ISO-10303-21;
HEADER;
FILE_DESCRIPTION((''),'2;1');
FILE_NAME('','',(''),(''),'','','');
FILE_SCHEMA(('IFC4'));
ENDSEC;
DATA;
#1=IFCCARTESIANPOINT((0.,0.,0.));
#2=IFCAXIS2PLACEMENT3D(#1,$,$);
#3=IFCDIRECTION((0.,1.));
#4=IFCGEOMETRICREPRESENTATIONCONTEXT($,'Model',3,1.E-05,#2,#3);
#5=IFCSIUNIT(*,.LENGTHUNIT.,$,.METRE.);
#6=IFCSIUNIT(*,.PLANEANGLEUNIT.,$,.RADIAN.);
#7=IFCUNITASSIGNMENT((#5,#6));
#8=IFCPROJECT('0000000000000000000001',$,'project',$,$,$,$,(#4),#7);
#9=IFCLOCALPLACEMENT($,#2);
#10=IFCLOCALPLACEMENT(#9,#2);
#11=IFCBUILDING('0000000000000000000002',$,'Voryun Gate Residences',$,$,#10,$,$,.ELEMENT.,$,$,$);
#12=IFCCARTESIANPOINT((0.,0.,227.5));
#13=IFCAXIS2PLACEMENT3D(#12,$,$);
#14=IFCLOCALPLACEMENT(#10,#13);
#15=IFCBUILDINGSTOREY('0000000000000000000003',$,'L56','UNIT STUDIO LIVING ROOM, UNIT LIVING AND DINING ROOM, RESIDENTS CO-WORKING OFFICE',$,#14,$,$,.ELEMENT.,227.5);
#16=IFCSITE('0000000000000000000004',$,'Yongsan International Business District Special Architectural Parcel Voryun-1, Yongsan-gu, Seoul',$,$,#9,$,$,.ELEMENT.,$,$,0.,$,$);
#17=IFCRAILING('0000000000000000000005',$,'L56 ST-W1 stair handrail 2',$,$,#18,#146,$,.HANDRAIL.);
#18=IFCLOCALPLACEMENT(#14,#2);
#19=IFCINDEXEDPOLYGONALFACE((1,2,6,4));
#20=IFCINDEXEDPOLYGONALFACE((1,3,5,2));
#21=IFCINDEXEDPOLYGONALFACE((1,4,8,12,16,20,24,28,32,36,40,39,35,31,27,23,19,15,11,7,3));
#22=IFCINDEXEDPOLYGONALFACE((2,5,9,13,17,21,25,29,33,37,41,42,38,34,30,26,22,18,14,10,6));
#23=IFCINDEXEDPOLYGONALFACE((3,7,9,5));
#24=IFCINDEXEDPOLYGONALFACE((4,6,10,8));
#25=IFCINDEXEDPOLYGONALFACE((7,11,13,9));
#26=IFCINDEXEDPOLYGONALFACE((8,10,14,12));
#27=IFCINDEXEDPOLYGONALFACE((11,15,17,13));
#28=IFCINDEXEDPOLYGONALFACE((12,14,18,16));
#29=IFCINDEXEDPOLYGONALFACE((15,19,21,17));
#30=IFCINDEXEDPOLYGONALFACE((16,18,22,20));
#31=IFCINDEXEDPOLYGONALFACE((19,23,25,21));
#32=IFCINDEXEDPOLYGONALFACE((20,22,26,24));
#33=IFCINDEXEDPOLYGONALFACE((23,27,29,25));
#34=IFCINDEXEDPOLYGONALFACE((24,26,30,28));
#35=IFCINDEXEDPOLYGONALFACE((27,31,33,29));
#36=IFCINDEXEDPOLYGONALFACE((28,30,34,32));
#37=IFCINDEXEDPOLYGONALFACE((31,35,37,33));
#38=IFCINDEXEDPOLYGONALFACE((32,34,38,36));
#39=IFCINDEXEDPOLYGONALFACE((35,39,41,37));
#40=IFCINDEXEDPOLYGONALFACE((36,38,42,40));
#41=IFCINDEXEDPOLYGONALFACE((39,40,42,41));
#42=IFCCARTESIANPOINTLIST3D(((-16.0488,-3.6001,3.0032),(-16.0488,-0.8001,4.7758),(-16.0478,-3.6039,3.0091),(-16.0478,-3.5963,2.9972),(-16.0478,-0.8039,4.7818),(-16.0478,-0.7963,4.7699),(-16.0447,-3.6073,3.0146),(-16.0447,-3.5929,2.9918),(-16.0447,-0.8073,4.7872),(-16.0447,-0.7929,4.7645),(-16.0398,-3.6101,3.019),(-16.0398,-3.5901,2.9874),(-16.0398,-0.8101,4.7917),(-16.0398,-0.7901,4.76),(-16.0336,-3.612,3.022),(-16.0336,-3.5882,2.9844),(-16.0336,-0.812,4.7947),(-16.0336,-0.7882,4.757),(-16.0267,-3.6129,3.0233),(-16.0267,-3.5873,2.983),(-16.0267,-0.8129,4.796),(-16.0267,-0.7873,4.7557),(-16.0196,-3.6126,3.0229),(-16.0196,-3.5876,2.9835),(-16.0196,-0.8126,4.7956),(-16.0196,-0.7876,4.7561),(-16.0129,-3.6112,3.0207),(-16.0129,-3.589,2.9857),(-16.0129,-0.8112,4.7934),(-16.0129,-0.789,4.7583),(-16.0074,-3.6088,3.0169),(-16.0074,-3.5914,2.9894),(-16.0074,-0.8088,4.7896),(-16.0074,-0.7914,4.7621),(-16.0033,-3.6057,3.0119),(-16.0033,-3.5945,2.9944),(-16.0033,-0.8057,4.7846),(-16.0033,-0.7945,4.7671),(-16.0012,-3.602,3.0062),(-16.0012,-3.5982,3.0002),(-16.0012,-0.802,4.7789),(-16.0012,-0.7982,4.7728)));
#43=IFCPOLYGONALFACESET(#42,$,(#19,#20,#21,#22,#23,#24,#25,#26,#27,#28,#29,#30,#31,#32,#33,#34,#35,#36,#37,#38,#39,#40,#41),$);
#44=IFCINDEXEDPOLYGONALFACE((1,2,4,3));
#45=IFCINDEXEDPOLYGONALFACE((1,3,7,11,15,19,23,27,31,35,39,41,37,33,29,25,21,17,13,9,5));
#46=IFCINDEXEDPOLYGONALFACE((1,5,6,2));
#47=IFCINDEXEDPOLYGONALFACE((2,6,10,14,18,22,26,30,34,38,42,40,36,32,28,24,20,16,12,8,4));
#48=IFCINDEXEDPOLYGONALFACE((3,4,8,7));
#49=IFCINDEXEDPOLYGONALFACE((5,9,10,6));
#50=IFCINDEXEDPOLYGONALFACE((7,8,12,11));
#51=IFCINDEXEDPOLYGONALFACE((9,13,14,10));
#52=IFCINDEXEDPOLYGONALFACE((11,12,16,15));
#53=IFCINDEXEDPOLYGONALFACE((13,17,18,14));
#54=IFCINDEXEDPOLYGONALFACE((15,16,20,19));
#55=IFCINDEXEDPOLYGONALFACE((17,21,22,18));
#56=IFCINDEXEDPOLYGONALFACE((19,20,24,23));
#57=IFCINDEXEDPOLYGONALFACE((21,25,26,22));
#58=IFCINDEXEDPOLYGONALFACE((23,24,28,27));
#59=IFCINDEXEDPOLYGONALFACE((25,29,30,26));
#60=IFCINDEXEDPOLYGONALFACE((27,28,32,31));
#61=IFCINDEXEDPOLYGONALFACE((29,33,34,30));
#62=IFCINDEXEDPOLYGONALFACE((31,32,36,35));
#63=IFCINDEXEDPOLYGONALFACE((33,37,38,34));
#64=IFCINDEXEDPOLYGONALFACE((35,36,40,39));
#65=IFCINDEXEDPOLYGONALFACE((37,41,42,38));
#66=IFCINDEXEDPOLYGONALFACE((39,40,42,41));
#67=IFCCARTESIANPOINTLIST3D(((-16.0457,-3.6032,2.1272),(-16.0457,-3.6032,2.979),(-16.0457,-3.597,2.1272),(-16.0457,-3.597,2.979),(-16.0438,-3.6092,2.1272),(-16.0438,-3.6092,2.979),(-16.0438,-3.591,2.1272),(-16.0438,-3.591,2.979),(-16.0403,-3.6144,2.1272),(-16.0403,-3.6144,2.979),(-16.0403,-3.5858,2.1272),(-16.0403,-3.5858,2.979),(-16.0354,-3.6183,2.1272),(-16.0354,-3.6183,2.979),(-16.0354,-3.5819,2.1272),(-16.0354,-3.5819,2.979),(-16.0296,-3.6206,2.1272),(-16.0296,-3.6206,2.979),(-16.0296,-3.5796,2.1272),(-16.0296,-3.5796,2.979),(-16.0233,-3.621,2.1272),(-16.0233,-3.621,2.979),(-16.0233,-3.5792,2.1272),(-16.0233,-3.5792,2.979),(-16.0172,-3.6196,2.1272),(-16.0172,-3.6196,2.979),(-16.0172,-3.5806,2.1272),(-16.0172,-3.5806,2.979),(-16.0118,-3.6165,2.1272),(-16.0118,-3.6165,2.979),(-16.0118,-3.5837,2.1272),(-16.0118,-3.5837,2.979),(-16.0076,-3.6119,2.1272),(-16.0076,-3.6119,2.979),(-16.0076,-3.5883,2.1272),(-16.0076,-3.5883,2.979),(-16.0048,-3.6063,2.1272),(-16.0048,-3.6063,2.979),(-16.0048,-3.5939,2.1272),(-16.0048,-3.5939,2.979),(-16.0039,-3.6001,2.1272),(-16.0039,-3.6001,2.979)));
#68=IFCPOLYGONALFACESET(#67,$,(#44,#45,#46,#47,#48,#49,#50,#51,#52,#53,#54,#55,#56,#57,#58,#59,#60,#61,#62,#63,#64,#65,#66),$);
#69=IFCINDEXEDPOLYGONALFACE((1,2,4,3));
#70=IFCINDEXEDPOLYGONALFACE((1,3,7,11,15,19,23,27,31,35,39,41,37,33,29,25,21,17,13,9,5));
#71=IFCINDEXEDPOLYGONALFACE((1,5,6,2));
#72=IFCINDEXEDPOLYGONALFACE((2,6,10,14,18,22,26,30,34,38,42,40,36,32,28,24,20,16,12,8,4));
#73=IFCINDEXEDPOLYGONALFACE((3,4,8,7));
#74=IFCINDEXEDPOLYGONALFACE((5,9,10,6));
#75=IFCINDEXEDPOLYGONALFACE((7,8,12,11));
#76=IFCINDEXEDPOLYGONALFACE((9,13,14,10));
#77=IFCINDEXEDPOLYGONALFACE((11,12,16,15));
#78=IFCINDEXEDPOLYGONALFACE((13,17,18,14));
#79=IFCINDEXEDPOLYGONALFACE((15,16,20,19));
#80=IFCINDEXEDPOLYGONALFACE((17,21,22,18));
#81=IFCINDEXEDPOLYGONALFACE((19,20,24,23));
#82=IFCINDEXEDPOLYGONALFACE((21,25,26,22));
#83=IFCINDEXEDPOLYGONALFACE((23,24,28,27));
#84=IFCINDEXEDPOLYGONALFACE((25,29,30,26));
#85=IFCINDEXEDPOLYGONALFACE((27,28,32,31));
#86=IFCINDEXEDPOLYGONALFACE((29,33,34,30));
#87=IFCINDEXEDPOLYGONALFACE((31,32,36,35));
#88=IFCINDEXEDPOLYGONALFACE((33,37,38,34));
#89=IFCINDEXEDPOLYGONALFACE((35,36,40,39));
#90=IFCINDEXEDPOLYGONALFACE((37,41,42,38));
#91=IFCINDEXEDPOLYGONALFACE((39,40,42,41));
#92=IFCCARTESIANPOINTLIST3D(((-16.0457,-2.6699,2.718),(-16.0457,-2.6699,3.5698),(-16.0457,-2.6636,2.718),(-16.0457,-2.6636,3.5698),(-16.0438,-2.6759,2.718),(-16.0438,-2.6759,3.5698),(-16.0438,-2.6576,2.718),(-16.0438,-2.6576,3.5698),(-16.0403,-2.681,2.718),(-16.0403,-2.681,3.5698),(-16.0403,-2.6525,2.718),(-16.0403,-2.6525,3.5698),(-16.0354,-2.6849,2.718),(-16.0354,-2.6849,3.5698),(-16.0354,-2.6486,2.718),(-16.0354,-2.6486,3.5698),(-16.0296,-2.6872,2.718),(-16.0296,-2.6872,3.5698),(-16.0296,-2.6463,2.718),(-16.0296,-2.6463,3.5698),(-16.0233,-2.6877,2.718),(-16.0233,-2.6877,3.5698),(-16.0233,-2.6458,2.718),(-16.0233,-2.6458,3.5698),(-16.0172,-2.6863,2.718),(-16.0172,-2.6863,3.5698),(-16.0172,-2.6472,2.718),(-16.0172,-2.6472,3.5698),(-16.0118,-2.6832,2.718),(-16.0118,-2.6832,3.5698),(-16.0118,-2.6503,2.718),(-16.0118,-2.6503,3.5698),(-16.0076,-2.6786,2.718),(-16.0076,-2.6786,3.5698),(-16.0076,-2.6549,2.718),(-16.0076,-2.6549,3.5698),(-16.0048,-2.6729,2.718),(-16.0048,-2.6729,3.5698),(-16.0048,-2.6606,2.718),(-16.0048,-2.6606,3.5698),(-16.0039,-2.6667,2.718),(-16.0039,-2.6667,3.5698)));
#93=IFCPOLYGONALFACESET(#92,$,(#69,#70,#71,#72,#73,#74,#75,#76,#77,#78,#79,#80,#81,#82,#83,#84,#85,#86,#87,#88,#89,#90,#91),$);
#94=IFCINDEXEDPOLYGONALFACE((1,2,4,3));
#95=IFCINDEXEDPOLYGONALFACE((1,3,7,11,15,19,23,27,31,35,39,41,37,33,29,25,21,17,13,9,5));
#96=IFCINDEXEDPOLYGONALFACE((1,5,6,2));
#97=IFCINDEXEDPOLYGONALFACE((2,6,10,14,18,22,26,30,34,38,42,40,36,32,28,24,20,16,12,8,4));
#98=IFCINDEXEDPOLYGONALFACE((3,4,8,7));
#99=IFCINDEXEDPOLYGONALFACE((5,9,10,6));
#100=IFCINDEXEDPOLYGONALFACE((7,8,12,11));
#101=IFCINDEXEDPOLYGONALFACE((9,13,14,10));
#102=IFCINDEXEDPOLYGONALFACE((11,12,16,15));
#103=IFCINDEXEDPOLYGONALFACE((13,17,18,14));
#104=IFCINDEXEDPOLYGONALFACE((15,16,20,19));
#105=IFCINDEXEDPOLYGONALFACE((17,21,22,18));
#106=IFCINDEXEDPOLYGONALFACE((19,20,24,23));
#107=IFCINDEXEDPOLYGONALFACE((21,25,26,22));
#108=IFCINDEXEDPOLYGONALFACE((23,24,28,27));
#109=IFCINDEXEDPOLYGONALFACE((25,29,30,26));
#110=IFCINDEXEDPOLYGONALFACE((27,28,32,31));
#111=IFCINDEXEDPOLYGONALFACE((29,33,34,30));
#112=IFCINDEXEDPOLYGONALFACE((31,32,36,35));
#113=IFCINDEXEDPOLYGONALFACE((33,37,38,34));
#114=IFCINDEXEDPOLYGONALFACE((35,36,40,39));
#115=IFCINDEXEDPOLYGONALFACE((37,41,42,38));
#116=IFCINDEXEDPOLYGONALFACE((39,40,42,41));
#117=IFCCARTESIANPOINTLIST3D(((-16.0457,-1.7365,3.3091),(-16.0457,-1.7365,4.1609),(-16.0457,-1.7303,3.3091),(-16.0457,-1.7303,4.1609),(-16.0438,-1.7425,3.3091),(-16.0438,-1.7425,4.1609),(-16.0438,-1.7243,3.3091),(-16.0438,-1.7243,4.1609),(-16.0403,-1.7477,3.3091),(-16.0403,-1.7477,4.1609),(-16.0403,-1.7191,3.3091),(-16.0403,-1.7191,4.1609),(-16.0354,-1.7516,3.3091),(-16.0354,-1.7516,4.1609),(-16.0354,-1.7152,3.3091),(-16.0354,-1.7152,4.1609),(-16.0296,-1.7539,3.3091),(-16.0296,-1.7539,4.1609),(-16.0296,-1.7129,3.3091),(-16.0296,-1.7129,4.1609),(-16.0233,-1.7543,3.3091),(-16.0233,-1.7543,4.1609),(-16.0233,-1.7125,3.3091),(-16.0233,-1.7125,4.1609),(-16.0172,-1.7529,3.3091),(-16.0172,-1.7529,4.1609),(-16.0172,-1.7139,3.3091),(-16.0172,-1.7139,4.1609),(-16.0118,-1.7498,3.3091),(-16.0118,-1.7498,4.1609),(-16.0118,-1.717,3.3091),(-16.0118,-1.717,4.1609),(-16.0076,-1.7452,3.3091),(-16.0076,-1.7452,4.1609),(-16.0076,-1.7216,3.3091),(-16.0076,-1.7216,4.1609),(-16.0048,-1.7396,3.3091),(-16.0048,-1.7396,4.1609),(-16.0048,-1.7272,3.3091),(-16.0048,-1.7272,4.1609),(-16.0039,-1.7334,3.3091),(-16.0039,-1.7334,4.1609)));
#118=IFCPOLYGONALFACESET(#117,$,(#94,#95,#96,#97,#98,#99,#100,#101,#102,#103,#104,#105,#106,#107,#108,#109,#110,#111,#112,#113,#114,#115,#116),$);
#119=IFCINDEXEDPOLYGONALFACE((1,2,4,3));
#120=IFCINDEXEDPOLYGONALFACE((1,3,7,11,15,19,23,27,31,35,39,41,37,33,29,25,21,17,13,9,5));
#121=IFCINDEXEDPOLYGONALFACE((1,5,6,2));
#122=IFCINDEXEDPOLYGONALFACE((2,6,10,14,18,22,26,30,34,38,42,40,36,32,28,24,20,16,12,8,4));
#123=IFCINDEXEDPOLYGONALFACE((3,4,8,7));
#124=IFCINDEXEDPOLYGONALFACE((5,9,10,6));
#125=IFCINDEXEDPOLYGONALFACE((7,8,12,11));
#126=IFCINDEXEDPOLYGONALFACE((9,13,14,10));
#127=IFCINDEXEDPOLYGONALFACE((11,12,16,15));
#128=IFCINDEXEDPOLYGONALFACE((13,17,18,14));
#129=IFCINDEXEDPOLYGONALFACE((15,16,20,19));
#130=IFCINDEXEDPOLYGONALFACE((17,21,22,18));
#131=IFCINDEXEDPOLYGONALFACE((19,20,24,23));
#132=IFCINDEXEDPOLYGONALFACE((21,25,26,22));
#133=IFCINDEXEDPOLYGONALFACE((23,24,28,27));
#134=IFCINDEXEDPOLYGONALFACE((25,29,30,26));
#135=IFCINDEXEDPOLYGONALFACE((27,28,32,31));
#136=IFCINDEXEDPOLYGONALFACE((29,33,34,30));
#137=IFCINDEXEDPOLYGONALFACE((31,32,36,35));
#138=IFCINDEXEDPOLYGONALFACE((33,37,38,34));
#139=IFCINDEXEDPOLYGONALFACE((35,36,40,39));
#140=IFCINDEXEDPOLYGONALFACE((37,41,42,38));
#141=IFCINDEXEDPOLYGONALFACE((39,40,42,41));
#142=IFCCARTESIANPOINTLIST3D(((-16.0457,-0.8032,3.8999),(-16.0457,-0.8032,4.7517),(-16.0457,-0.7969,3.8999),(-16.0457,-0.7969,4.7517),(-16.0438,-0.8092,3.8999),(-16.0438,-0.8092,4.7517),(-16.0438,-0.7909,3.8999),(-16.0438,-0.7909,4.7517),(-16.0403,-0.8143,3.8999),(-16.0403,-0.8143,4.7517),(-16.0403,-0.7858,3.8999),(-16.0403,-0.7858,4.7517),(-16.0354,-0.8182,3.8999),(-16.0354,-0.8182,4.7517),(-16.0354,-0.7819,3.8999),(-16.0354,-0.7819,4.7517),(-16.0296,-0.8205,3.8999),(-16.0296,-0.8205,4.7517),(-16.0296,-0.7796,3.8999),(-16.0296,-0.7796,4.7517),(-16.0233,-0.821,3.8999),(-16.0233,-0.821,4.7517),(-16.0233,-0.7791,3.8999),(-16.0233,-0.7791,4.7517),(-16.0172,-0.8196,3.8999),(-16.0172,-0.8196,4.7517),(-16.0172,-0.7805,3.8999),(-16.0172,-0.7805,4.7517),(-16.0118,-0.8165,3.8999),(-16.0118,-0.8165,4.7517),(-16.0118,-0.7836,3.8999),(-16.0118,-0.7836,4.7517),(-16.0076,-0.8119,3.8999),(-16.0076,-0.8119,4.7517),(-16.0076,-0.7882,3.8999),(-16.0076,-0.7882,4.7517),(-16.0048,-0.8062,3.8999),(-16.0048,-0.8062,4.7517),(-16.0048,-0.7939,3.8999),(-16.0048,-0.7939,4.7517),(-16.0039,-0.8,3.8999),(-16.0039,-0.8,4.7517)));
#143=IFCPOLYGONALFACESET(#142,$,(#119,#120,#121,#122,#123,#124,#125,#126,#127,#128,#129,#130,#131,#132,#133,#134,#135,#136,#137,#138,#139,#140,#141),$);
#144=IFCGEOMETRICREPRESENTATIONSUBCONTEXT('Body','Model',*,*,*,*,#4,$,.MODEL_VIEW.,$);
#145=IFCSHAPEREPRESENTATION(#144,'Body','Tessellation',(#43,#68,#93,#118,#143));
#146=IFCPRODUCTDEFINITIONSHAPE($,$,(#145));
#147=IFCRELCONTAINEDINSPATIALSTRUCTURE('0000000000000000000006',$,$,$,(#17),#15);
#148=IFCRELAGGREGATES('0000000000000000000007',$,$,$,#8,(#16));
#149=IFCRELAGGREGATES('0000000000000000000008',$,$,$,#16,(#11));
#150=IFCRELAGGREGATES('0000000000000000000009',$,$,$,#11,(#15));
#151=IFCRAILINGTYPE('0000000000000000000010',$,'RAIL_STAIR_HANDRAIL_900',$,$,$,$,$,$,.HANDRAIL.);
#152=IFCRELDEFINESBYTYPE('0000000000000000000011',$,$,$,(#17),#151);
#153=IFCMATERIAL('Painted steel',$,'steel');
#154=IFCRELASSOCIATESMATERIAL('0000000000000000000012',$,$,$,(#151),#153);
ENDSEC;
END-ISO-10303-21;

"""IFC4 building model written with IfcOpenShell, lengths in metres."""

from ifc_helpers import new_model, si_unit, direction, frame, origin, origin_2d, place, context, subcontext, project, spatial, circle, extrude, material, type_object, element, save


model = new_model("IFC4")

# Units and contexts
model_context = context("Model", 3, precision=1e-05, world=origin(), true_north=direction((0.0, 1.0)))
body_context = subcontext(model_context, "Body", "Model", "MODEL_VIEW")
ifc_project = project(units=[si_unit("LENGTHUNIT", "METRE"), si_unit("PLANEANGLEUNIT", "RADIAN")], contexts=[model_context])

# Site, building, storey
site_placement = place(None, origin())
site = spatial("IfcSite", under=ifc_project, at=site_placement, Name="Yongsan International Business District Special Architectural Parcel Voryun-1, Yongsan-gu, Seoul", CompositionType="ELEMENT", RefElevation=0.0)
building_placement = place(site_placement, origin())
building = spatial("IfcBuilding", under=site, at=building_placement, Name="Voryun Gate Residences", CompositionType="ELEMENT")
storey_placement = place(building_placement, frame((0.0, 0.0, 227.5)))
storey = spatial("IfcBuildingStorey", under=building, at=storey_placement, Name="L56", Description="UNIT STUDIO LIVING ROOM, UNIT LIVING AND DINING ROOM, RESIDENTS CO-WORKING OFFICE", CompositionType="ELEMENT", Elevation=227.5)

# Railing
ifc_material_1 = material(Name="Painted steel", Category="steel")
railing_type_1 = type_object("IfcRailingType", Name="RAIL_STAIR_HANDRAIL_900", PredefinedType="HANDRAIL", material=ifc_material_1)
railing_1_placement = place(storey_placement, frame((-16.0249, -3.6001, 2.1272)))
element("IfcRailing", 1, at=railing_1_placement, inside=storey, type_object=railing_type_1, Name="L56 ST-W1 stair handrail 2", PredefinedType="HANDRAIL", context=body_context, shape_type="SweptSolid", body=[
    extrude(circle(Radius=0.0239, at=origin_2d()), frame((0.0, 0.0, 0.876), z_axis=(0.0, 0.844909, 0.53491), x_axis=(-1.0, 0.0, 0.0)), (0.0, 0.0, 1.0), 3.314),
    extrude(circle(Radius=0.021, at=origin_2d()), origin(), (0.0, 0.0, 1.0), 0.8518),
    extrude(circle(Radius=0.021, at=origin_2d()), frame((0.0, 0.9333, 0.5908)), (0.0, 0.0, 1.0), 0.8518),
    extrude(circle(Radius=0.021, at=origin_2d()), frame((0.0, 1.8667, 1.1819)), (0.0, 0.0, 1.0), 0.8518),
    extrude(circle(Radius=0.021, at=origin_2d()), frame((0.0, 2.8, 1.7727)), (0.0, 0.0, 1.0), 0.8518),
])

save(model, "model.ifc")
